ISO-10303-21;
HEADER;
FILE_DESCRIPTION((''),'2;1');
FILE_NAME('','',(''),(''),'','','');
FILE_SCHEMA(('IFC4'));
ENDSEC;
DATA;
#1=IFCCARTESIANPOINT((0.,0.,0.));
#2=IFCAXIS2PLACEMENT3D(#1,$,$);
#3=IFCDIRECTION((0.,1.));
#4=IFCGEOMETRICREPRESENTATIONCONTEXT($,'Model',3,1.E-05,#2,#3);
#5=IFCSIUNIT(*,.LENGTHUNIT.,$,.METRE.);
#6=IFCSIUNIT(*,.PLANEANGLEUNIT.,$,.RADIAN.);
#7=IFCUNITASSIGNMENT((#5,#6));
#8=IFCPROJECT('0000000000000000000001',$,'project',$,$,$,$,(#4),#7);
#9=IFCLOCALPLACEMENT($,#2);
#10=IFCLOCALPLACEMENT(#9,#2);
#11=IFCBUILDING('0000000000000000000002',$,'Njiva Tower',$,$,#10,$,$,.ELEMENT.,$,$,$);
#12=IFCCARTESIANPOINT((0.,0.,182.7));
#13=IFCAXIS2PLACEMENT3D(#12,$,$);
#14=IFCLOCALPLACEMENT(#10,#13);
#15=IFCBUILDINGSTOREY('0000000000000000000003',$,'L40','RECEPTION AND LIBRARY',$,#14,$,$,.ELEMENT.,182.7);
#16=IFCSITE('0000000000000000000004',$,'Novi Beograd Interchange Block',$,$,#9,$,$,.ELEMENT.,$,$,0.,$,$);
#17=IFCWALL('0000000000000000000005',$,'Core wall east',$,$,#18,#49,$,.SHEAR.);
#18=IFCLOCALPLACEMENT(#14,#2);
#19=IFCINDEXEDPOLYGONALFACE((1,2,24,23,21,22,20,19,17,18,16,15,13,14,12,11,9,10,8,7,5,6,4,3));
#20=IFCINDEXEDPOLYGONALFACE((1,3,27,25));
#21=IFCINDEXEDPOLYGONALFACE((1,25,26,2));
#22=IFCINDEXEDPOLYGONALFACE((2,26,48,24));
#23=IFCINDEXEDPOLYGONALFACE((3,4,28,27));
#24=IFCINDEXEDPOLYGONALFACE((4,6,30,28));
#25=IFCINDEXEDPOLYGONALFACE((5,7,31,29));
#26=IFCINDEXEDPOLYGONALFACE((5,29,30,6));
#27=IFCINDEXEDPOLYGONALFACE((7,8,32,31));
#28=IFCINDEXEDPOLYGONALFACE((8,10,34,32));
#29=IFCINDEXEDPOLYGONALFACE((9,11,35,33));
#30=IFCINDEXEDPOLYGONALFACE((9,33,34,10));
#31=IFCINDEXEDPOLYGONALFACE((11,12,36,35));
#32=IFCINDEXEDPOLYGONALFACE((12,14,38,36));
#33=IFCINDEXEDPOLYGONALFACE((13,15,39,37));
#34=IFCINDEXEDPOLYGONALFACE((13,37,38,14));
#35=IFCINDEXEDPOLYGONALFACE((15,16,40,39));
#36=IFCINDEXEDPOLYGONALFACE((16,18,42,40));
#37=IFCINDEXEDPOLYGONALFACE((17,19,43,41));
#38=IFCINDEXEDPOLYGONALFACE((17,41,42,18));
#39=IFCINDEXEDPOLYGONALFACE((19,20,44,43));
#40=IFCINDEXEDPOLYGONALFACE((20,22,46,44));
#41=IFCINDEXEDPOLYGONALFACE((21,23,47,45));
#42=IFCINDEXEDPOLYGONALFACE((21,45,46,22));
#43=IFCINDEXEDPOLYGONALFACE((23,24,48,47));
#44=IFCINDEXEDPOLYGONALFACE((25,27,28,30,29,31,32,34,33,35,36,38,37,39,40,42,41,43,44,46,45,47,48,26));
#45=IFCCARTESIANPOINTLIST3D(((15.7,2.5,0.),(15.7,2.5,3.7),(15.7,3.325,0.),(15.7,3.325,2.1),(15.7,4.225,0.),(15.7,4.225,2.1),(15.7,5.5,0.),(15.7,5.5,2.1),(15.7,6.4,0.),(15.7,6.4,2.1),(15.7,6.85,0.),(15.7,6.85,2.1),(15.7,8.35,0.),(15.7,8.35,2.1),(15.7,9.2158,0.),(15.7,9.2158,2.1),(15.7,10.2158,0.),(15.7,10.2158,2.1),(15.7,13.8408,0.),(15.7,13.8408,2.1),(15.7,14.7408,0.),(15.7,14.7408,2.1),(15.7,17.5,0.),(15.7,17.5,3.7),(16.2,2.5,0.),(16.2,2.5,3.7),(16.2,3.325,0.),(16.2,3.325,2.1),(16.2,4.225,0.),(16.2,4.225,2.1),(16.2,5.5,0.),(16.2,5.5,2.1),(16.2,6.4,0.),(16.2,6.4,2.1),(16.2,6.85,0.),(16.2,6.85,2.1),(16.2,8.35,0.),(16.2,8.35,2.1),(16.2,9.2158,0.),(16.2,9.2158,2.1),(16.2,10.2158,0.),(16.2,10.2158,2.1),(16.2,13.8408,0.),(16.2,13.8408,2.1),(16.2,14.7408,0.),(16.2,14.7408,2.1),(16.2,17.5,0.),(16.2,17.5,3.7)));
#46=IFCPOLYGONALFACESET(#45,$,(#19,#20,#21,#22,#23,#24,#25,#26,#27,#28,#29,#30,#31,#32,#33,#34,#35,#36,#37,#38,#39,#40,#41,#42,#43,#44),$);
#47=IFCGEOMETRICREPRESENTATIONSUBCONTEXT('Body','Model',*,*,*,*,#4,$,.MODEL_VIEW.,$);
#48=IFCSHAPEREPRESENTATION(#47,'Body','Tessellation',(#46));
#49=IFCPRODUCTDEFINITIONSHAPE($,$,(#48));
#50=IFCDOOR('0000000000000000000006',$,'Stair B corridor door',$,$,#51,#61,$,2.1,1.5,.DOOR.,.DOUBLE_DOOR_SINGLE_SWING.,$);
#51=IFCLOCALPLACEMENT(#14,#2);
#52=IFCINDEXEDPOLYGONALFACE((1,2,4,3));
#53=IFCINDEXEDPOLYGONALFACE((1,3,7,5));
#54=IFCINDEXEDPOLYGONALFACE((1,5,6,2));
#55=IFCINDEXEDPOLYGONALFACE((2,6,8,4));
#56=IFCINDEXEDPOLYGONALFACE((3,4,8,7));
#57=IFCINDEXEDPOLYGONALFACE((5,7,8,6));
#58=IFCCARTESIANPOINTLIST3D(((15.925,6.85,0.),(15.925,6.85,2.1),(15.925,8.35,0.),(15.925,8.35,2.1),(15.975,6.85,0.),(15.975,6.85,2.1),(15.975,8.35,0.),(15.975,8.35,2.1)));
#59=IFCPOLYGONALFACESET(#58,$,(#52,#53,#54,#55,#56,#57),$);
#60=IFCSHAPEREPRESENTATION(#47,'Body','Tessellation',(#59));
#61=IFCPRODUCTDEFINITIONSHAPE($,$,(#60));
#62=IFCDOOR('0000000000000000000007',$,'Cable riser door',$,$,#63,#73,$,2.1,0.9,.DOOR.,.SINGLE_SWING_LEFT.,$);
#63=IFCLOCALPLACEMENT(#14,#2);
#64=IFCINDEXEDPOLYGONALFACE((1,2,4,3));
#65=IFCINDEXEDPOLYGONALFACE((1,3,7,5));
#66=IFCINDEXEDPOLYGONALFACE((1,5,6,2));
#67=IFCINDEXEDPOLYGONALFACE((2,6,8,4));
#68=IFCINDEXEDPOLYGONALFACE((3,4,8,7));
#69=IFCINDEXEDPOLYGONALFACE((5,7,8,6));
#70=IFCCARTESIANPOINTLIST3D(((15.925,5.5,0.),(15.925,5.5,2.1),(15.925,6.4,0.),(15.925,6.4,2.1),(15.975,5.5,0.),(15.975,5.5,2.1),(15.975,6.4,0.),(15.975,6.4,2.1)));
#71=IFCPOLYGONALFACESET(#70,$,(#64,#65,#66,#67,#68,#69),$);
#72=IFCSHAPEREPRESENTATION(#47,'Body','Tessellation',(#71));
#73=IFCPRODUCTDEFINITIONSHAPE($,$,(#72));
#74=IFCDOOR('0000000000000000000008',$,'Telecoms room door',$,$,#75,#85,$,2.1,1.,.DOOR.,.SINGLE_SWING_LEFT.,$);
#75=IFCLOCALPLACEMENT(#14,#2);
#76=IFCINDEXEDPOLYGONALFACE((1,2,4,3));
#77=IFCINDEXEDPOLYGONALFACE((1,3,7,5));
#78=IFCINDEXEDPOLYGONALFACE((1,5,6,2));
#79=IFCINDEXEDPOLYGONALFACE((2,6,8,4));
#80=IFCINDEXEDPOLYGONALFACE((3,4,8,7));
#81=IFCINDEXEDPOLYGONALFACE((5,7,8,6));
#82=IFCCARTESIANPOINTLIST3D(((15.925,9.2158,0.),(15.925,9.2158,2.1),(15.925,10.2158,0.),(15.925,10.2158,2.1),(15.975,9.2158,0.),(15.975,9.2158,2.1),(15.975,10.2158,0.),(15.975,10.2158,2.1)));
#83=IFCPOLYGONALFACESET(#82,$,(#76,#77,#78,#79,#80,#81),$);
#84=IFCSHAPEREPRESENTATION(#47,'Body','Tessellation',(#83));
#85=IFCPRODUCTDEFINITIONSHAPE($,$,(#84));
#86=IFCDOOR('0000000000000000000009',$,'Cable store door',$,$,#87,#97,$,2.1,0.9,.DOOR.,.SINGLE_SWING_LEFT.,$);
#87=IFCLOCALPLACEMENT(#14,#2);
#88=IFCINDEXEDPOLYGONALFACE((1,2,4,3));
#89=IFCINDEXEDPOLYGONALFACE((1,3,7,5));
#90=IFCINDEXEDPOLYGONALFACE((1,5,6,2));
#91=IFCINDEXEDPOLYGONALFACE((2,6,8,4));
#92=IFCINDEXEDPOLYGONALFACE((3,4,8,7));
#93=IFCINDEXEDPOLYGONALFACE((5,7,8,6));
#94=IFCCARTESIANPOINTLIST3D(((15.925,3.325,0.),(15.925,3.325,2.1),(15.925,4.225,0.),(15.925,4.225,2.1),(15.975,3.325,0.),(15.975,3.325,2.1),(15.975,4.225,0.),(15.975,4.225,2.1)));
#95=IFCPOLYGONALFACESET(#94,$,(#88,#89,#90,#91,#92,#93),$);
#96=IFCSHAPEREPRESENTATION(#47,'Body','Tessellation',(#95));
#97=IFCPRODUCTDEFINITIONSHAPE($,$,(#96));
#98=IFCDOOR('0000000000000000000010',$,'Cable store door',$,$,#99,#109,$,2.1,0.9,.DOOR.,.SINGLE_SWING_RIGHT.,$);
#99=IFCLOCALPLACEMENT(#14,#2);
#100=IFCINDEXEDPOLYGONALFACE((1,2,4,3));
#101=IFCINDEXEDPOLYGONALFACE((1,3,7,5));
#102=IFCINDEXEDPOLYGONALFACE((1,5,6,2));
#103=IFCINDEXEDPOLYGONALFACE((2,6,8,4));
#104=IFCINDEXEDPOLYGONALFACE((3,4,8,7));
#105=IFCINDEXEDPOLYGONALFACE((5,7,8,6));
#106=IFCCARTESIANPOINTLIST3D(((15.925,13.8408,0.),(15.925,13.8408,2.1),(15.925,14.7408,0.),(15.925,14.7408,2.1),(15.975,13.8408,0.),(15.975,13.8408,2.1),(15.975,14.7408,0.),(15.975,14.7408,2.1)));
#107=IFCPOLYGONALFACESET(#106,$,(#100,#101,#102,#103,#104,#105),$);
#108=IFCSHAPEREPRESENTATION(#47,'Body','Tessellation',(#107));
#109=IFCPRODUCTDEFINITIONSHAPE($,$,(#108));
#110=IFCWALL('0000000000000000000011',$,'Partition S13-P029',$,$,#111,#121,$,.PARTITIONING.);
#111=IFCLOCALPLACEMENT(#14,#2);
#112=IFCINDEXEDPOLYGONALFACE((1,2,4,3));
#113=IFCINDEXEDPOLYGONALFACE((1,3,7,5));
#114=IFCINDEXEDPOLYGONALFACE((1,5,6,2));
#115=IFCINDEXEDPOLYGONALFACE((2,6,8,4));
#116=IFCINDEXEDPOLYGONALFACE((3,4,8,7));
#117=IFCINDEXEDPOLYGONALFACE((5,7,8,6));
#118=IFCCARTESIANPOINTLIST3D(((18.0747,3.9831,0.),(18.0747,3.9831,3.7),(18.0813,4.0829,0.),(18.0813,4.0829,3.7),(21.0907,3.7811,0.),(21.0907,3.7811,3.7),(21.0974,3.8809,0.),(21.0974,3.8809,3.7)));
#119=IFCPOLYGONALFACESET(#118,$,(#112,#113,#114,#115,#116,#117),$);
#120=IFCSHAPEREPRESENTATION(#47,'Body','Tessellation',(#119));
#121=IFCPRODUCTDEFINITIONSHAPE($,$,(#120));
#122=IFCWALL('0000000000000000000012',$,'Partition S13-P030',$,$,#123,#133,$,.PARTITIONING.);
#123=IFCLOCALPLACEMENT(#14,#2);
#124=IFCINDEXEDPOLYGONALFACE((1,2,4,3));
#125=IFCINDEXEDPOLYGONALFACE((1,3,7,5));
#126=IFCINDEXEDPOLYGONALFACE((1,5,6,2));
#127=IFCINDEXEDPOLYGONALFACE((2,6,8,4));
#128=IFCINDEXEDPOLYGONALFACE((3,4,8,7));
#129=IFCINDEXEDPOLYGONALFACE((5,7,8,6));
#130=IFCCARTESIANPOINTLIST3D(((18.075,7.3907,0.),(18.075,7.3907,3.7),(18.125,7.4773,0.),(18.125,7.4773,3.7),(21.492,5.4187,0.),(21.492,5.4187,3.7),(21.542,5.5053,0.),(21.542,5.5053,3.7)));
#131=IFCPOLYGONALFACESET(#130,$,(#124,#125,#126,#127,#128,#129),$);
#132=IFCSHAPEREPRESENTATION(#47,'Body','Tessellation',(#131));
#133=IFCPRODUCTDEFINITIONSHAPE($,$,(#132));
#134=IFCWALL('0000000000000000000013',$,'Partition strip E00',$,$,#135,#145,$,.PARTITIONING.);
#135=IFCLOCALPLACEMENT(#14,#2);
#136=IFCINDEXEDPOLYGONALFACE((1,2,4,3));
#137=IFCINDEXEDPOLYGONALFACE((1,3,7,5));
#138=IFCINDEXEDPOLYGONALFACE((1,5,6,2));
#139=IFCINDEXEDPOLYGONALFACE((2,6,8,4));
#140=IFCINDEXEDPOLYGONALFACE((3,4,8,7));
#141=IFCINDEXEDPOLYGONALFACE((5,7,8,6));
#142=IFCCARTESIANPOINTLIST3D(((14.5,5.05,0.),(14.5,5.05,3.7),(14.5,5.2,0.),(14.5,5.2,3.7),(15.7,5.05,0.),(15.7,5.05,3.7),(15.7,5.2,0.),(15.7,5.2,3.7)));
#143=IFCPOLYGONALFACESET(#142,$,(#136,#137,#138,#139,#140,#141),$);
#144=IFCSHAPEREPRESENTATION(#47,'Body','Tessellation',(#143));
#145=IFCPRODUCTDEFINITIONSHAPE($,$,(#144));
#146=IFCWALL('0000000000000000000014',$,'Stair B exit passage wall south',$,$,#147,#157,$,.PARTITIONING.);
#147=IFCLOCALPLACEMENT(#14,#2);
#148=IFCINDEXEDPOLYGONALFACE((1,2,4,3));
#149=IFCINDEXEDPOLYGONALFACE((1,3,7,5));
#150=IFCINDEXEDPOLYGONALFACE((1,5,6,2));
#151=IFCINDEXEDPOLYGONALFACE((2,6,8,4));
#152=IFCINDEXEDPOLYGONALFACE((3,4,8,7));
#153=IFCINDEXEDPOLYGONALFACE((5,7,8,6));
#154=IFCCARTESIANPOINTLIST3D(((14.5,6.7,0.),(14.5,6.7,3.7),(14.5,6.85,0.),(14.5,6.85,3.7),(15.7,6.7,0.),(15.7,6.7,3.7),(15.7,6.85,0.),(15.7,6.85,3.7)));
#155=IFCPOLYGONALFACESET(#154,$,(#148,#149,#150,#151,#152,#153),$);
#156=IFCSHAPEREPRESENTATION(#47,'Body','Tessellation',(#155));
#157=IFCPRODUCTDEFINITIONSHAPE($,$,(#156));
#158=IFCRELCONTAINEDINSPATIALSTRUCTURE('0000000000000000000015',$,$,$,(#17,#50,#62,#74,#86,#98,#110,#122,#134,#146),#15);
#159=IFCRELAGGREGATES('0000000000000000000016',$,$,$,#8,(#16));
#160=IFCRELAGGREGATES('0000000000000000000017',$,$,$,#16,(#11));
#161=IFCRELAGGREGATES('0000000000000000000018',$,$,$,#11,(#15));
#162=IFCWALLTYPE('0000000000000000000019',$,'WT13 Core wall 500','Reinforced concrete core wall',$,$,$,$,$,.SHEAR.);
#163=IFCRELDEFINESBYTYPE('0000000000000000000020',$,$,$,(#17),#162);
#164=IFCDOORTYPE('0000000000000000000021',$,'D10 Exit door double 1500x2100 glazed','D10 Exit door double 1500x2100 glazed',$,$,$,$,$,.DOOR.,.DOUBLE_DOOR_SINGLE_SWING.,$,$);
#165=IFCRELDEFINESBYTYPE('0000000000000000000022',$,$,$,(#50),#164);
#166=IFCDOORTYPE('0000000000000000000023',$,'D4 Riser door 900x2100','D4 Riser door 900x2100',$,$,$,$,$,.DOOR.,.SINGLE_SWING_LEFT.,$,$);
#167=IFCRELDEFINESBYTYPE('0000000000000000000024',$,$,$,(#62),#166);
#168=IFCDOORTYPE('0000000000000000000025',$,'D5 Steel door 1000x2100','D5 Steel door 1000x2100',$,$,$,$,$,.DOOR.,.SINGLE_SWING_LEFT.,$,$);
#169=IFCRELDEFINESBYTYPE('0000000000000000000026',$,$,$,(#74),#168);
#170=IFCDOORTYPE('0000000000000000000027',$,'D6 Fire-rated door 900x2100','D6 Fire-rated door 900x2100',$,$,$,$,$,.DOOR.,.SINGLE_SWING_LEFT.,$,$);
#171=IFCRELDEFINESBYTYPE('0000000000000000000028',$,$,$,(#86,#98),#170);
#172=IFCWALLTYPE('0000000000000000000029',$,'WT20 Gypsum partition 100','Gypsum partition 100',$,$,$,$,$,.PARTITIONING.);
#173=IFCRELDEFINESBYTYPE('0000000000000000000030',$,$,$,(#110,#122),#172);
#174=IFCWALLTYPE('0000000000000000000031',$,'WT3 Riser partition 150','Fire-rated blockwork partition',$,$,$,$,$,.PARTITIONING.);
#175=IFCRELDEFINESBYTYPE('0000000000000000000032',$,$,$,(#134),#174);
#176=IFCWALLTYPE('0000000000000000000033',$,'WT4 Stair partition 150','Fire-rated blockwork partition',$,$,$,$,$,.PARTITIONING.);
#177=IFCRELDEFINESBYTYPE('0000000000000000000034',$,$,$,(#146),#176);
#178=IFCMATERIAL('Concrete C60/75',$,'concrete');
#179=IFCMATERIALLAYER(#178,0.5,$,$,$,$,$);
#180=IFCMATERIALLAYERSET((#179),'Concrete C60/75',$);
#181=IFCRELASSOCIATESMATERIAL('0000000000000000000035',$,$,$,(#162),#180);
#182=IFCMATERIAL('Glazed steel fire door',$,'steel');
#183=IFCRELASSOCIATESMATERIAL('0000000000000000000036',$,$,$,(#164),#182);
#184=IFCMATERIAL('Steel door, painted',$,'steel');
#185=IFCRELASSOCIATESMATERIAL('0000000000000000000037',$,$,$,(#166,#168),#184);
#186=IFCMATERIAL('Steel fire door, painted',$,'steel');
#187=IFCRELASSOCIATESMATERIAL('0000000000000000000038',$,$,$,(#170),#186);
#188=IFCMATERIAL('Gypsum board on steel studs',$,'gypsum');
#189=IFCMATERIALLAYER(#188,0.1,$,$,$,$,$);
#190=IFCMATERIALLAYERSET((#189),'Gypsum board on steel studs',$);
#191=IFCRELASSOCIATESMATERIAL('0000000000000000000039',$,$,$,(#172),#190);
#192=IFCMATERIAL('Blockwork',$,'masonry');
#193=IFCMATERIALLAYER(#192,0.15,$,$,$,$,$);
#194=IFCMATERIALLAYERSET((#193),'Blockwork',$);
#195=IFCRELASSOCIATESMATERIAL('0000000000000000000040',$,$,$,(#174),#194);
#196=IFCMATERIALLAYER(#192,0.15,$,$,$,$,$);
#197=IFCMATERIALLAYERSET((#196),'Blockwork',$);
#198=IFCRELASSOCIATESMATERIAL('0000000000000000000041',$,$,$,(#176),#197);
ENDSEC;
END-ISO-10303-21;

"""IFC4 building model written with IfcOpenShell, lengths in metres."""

from ifc_helpers import new_model, si_unit, direction, frame, frame_2d, origin, place, context, subcontext, project, spatial, rectangle, extrude, material, layer, layer_set, type_object, element, fill, save


model = new_model("IFC4")

# Units and contexts
model_context = context("Model", 3, precision=1e-05, world=origin(), true_north=direction((0.0, 1.0)))
body_context = subcontext(model_context, "Body", "Model", "MODEL_VIEW")
ifc_project = project(units=[si_unit("LENGTHUNIT", "METRE"), si_unit("PLANEANGLEUNIT", "RADIAN")], contexts=[model_context])

# Site, building, storey
site_placement = place(None, origin())
site = spatial("IfcSite", under=ifc_project, at=site_placement, Name="Novi Beograd Interchange Block", CompositionType="ELEMENT", RefElevation=0.0)
building_placement = place(site_placement, origin())
building = spatial("IfcBuilding", under=site, at=building_placement, Name="Njiva Tower", CompositionType="ELEMENT")
storey_placement = place(building_placement, frame((0.0, 0.0, 182.7)))
storey = spatial("IfcBuildingStorey", under=building, at=storey_placement, Name="L40", Description="RECEPTION AND LIBRARY", CompositionType="ELEMENT", Elevation=182.7)

# Shared definitions
ifc_material_1 = material(Name="Blockwork", Category="masonry")

# Wall, openings, doors
ifc_material_2 = material(Name="Concrete C60/75", Category="concrete")
ifc_layer_1 = layer(ifc_material_2, 0.5)
ifc_layer_set_1 = layer_set([ifc_layer_1], Name="Concrete C60/75")
wall_type_1 = type_object("IfcWallType", Name="WT13 Core wall 500", Description="Reinforced concrete core wall", PredefinedType="SHEAR", material=ifc_layer_set_1)
wall_1_placement = place(storey_placement, frame((15.95, 2.5, 0.0), z_axis=(0.0, 0.0, 1.0), x_axis=(0.0, 1.0, 0.0)))
wall_1 = element("IfcWall", 1, at=wall_1_placement, inside=storey, type_object=wall_type_1, Name="Core wall east", PredefinedType="SHEAR", context=body_context, shape_type="SweptSolid", body=[
    extrude(rectangle(XDim=15.0, YDim=0.5, at=frame_2d((7.5, 0.0))), origin(), (0.0, 0.0, 1.0), 3.7),
])
opening_1_placement = place(wall_1_placement, frame((4.35, 0.0, 0.0)))
opening_1 = element("IfcOpeningElement", 2, at=opening_1_placement, cuts=wall_1, PredefinedType="OPENING", context=body_context, shape_type="SweptSolid", body=[
    extrude(rectangle(XDim=1.5, YDim=2.1, at=frame_2d((0.75, 1.05))), frame((0.0, 0.26, 0.0), z_axis=(0.0, -1.0, 0.0), x_axis=(1.0, 0.0, 0.0)), (0.0, 0.0, 1.0), 0.52),
])
opening_2_placement = place(wall_1_placement, frame((0.825, 0.0, 0.0)))
opening_2 = element("IfcOpeningElement", 3, at=opening_2_placement, cuts=wall_1, PredefinedType="OPENING", context=body_context, shape_type="SweptSolid", body=[
    extrude(rectangle(XDim=0.9, YDim=2.1, at=frame_2d((0.45, 1.05))), frame((0.0, 0.26, 0.0), z_axis=(0.0, -1.0, 0.0), x_axis=(1.0, 0.0, 0.0)), (0.0, 0.0, 1.0), 0.52),
])
opening_3_placement = place(wall_1_placement, frame((3.0, 0.0, 0.0)))
opening_3 = element("IfcOpeningElement", 4, at=opening_3_placement, cuts=wall_1, PredefinedType="OPENING", context=body_context, shape_type="SweptSolid", body=[
    extrude(rectangle(XDim=0.9, YDim=2.1, at=frame_2d((0.45, 1.05))), frame((0.0, 0.26, 0.0), z_axis=(0.0, -1.0, 0.0), x_axis=(1.0, 0.0, 0.0)), (0.0, 0.0, 1.0), 0.52),
])
opening_4_placement = place(wall_1_placement, frame((6.7158, 0.0, 0.0)))
opening_4 = element("IfcOpeningElement", 5, at=opening_4_placement, cuts=wall_1, PredefinedType="OPENING", context=body_context, shape_type="SweptSolid", body=[
    extrude(rectangle(XDim=1.0, YDim=2.1, at=frame_2d((0.5, 1.05))), frame((0.0, 0.26, 0.0), z_axis=(0.0, -1.0, 0.0), x_axis=(1.0, 0.0, 0.0)), (0.0, 0.0, 1.0), 0.52),
])
opening_5_placement = place(wall_1_placement, frame((11.3408, 0.0, 0.0)))
opening_5 = element("IfcOpeningElement", 6, at=opening_5_placement, cuts=wall_1, PredefinedType="OPENING", context=body_context, shape_type="SweptSolid", body=[
    extrude(rectangle(XDim=0.9, YDim=2.1, at=frame_2d((0.45, 1.05))), frame((0.0, 0.26, 0.0), z_axis=(0.0, -1.0, 0.0), x_axis=(1.0, 0.0, 0.0)), (0.0, 0.0, 1.0), 0.52),
])
ifc_material_3 = material(Name="Glazed steel fire door", Category="steel")
door_type_1 = type_object("IfcDoorType", Name="D10 Exit door double 1500x2100 glazed", Description="D10 Exit door double 1500x2100 glazed", OperationType="DOUBLE_DOOR_SINGLE_SWING", PredefinedType="DOOR", material=ifc_material_3)
door_1_placement = place(opening_1_placement, origin())
door_1 = element("IfcDoor", 7, at=door_1_placement, inside=storey, type_object=door_type_1, Name="Stair B corridor door", OperationType="DOUBLE_DOOR_SINGLE_SWING", OverallHeight=2.1, OverallWidth=1.5, PredefinedType="DOOR", context=body_context, shape_type="SweptSolid", body=[
    extrude(rectangle(XDim=1.5, YDim=2.1, at=frame_2d((0.75, 1.05))), frame((0.0, 0.025, 0.0), z_axis=(0.0, -1.0, 0.0), x_axis=(1.0, 0.0, 0.0)), (0.0, 0.0, 1.0), 0.05),
])
fill(opening_1, door_1)
ifc_material_4 = material(Name="Steel door, painted", Category="steel")
door_type_2 = type_object("IfcDoorType", Name="D4 Riser door 900x2100", Description="D4 Riser door 900x2100", OperationType="SINGLE_SWING_LEFT", PredefinedType="DOOR", material=ifc_material_4)
door_2_placement = place(opening_3_placement, origin())
door_2 = element("IfcDoor", 8, at=door_2_placement, inside=storey, type_object=door_type_2, Name="Cable riser door", OperationType="SINGLE_SWING_LEFT", OverallHeight=2.1, OverallWidth=0.9, PredefinedType="DOOR", context=body_context, shape_type="SweptSolid", body=[
    extrude(rectangle(XDim=0.9, YDim=2.1, at=frame_2d((0.45, 1.05))), frame((0.0, 0.025, 0.0), z_axis=(0.0, -1.0, 0.0), x_axis=(1.0, 0.0, 0.0)), (0.0, 0.0, 1.0), 0.05),
])
fill(opening_3, door_2)
door_type_3 = type_object("IfcDoorType", Name="D5 Steel door 1000x2100", Description="D5 Steel door 1000x2100", OperationType="SINGLE_SWING_LEFT", PredefinedType="DOOR", material=ifc_material_4)
door_3_placement = place(opening_4_placement, origin())
door_3 = element("IfcDoor", 9, at=door_3_placement, inside=storey, type_object=door_type_3, Name="Telecoms room door", OperationType="SINGLE_SWING_LEFT", OverallHeight=2.1, OverallWidth=1.0, PredefinedType="DOOR", context=body_context, shape_type="SweptSolid", body=[
    extrude(rectangle(XDim=1.0, YDim=2.1, at=frame_2d((0.5, 1.05))), frame((0.0, 0.025, 0.0), z_axis=(0.0, -1.0, 0.0), x_axis=(1.0, 0.0, 0.0)), (0.0, 0.0, 1.0), 0.05),
])
fill(opening_4, door_3)
ifc_material_5 = material(Name="Steel fire door, painted", Category="steel")
door_type_4 = type_object("IfcDoorType", Name="D6 Fire-rated door 900x2100", Description="D6 Fire-rated door 900x2100", OperationType="SINGLE_SWING_LEFT", PredefinedType="DOOR", material=ifc_material_5)
door_4_placement = place(opening_2_placement, origin())
door_4 = element("IfcDoor", 10, at=door_4_placement, inside=storey, type_object=door_type_4, Name="Cable store door", OperationType="SINGLE_SWING_LEFT", OverallHeight=2.1, OverallWidth=0.9, PredefinedType="DOOR", context=body_context, shape_type="SweptSolid", body=[
    extrude(rectangle(XDim=0.9, YDim=2.1, at=frame_2d((0.45, 1.05))), frame((0.0, 0.025, 0.0), z_axis=(0.0, -1.0, 0.0), x_axis=(1.0, 0.0, 0.0)), (0.0, 0.0, 1.0), 0.05),
])
fill(opening_2, door_4)
door_5_placement = place(opening_5_placement, origin())
door_5 = element("IfcDoor", 11, at=door_5_placement, inside=storey, type_object=door_type_4, Name="Cable store door", OperationType="SINGLE_SWING_RIGHT", OverallHeight=2.1, OverallWidth=0.9, PredefinedType="DOOR", context=body_context, shape_type="SweptSolid", body=[
    extrude(rectangle(XDim=0.9, YDim=2.1, at=frame_2d((0.45, 1.05))), frame((0.0, 0.025, 0.0), z_axis=(0.0, -1.0, 0.0), x_axis=(1.0, 0.0, 0.0)), (0.0, 0.0, 1.0), 0.05),
])
fill(opening_5, door_5)

# Walls
ifc_material_6 = material(Name="Gypsum board on steel studs", Category="gypsum")
ifc_layer_2 = layer(ifc_material_6, 0.1)
ifc_layer_set_2 = layer_set([ifc_layer_2], Name="Gypsum board on steel studs")
wall_type_2 = type_object("IfcWallType", Name="WT20 Gypsum partition 100", Description="Gypsum partition 100", PredefinedType="PARTITIONING", material=ifc_layer_set_2)
wall_2_placement = place(storey_placement, frame((18.078, 4.033, 0.0), z_axis=(0.0, 0.0, 1.0), x_axis=(0.997765, -0.066826, 0.0)))
element("IfcWall", 12, at=wall_2_placement, inside=storey, type_object=wall_type_2, Name="Partition S13-P029", PredefinedType="PARTITIONING", context=body_context, shape_type="SweptSolid", body=[
    extrude(rectangle(XDim=3.0228, YDim=0.1, at=frame_2d((1.5114, 0.0))), origin(), (0.0, 0.0, 1.0), 3.7),
])
wall_3_placement = place(storey_placement, frame((18.1, 7.434, 0.0), z_axis=(0.0, 0.0, 1.0), x_axis=(0.866114, -0.499847, 0.0)))
element("IfcWall", 13, at=wall_3_placement, inside=storey, type_object=wall_type_2, Name="Partition S13-P030", PredefinedType="PARTITIONING", context=body_context, shape_type="SweptSolid", body=[
    extrude(rectangle(XDim=3.9452, YDim=0.1, at=frame_2d((1.9726, 0.0))), origin(), (0.0, 0.0, 1.0), 3.7),
])
ifc_layer_3 = layer(ifc_material_1, 0.15)
ifc_layer_set_3 = layer_set([ifc_layer_3], Name="Blockwork")
wall_type_3 = type_object("IfcWallType", Name="WT3 Riser partition 150", Description="Fire-rated blockwork partition", PredefinedType="PARTITIONING", material=ifc_layer_set_3)
wall_4_placement = place(storey_placement, frame((14.5, 5.125, 0.0), z_axis=(0.0, 0.0, 1.0), x_axis=(1.0, 0.0, 0.0)))
element("IfcWall", 14, at=wall_4_placement, inside=storey, type_object=wall_type_3, Name="Partition strip E00", PredefinedType="PARTITIONING", context=body_context, shape_type="SweptSolid", body=[
    extrude(rectangle(XDim=1.2, YDim=0.15, at=frame_2d((0.6, 0.0))), origin(), (0.0, 0.0, 1.0), 3.7),
])
ifc_layer_4 = layer(ifc_material_1, 0.15)
ifc_layer_set_4 = layer_set([ifc_layer_4], Name="Blockwork")
wall_type_4 = type_object("IfcWallType", Name="WT4 Stair partition 150", Description="Fire-rated blockwork partition", PredefinedType="PARTITIONING", material=ifc_layer_set_4)
for number, where, z_axis, x_axis, name in (
    (15, (14.5, 6.775, 0.0), (0.0, 0.0, 1.0), (1.0, 0.0, 0.0), "Stair B exit passage wall south"),
):
    element("IfcWall", number, at=place(storey_placement, frame(where, z_axis=z_axis, x_axis=x_axis)), inside=storey, type_object=wall_type_4, Name=name, PredefinedType="PARTITIONING", context=body_context, shape_type="SweptSolid", body=[
        extrude(rectangle(XDim=1.2, YDim=0.15, at=frame_2d((0.6, 0.0))), origin(), (0.0, 0.0, 1.0), 3.7),
    ])

save(model, "model.ifc")
